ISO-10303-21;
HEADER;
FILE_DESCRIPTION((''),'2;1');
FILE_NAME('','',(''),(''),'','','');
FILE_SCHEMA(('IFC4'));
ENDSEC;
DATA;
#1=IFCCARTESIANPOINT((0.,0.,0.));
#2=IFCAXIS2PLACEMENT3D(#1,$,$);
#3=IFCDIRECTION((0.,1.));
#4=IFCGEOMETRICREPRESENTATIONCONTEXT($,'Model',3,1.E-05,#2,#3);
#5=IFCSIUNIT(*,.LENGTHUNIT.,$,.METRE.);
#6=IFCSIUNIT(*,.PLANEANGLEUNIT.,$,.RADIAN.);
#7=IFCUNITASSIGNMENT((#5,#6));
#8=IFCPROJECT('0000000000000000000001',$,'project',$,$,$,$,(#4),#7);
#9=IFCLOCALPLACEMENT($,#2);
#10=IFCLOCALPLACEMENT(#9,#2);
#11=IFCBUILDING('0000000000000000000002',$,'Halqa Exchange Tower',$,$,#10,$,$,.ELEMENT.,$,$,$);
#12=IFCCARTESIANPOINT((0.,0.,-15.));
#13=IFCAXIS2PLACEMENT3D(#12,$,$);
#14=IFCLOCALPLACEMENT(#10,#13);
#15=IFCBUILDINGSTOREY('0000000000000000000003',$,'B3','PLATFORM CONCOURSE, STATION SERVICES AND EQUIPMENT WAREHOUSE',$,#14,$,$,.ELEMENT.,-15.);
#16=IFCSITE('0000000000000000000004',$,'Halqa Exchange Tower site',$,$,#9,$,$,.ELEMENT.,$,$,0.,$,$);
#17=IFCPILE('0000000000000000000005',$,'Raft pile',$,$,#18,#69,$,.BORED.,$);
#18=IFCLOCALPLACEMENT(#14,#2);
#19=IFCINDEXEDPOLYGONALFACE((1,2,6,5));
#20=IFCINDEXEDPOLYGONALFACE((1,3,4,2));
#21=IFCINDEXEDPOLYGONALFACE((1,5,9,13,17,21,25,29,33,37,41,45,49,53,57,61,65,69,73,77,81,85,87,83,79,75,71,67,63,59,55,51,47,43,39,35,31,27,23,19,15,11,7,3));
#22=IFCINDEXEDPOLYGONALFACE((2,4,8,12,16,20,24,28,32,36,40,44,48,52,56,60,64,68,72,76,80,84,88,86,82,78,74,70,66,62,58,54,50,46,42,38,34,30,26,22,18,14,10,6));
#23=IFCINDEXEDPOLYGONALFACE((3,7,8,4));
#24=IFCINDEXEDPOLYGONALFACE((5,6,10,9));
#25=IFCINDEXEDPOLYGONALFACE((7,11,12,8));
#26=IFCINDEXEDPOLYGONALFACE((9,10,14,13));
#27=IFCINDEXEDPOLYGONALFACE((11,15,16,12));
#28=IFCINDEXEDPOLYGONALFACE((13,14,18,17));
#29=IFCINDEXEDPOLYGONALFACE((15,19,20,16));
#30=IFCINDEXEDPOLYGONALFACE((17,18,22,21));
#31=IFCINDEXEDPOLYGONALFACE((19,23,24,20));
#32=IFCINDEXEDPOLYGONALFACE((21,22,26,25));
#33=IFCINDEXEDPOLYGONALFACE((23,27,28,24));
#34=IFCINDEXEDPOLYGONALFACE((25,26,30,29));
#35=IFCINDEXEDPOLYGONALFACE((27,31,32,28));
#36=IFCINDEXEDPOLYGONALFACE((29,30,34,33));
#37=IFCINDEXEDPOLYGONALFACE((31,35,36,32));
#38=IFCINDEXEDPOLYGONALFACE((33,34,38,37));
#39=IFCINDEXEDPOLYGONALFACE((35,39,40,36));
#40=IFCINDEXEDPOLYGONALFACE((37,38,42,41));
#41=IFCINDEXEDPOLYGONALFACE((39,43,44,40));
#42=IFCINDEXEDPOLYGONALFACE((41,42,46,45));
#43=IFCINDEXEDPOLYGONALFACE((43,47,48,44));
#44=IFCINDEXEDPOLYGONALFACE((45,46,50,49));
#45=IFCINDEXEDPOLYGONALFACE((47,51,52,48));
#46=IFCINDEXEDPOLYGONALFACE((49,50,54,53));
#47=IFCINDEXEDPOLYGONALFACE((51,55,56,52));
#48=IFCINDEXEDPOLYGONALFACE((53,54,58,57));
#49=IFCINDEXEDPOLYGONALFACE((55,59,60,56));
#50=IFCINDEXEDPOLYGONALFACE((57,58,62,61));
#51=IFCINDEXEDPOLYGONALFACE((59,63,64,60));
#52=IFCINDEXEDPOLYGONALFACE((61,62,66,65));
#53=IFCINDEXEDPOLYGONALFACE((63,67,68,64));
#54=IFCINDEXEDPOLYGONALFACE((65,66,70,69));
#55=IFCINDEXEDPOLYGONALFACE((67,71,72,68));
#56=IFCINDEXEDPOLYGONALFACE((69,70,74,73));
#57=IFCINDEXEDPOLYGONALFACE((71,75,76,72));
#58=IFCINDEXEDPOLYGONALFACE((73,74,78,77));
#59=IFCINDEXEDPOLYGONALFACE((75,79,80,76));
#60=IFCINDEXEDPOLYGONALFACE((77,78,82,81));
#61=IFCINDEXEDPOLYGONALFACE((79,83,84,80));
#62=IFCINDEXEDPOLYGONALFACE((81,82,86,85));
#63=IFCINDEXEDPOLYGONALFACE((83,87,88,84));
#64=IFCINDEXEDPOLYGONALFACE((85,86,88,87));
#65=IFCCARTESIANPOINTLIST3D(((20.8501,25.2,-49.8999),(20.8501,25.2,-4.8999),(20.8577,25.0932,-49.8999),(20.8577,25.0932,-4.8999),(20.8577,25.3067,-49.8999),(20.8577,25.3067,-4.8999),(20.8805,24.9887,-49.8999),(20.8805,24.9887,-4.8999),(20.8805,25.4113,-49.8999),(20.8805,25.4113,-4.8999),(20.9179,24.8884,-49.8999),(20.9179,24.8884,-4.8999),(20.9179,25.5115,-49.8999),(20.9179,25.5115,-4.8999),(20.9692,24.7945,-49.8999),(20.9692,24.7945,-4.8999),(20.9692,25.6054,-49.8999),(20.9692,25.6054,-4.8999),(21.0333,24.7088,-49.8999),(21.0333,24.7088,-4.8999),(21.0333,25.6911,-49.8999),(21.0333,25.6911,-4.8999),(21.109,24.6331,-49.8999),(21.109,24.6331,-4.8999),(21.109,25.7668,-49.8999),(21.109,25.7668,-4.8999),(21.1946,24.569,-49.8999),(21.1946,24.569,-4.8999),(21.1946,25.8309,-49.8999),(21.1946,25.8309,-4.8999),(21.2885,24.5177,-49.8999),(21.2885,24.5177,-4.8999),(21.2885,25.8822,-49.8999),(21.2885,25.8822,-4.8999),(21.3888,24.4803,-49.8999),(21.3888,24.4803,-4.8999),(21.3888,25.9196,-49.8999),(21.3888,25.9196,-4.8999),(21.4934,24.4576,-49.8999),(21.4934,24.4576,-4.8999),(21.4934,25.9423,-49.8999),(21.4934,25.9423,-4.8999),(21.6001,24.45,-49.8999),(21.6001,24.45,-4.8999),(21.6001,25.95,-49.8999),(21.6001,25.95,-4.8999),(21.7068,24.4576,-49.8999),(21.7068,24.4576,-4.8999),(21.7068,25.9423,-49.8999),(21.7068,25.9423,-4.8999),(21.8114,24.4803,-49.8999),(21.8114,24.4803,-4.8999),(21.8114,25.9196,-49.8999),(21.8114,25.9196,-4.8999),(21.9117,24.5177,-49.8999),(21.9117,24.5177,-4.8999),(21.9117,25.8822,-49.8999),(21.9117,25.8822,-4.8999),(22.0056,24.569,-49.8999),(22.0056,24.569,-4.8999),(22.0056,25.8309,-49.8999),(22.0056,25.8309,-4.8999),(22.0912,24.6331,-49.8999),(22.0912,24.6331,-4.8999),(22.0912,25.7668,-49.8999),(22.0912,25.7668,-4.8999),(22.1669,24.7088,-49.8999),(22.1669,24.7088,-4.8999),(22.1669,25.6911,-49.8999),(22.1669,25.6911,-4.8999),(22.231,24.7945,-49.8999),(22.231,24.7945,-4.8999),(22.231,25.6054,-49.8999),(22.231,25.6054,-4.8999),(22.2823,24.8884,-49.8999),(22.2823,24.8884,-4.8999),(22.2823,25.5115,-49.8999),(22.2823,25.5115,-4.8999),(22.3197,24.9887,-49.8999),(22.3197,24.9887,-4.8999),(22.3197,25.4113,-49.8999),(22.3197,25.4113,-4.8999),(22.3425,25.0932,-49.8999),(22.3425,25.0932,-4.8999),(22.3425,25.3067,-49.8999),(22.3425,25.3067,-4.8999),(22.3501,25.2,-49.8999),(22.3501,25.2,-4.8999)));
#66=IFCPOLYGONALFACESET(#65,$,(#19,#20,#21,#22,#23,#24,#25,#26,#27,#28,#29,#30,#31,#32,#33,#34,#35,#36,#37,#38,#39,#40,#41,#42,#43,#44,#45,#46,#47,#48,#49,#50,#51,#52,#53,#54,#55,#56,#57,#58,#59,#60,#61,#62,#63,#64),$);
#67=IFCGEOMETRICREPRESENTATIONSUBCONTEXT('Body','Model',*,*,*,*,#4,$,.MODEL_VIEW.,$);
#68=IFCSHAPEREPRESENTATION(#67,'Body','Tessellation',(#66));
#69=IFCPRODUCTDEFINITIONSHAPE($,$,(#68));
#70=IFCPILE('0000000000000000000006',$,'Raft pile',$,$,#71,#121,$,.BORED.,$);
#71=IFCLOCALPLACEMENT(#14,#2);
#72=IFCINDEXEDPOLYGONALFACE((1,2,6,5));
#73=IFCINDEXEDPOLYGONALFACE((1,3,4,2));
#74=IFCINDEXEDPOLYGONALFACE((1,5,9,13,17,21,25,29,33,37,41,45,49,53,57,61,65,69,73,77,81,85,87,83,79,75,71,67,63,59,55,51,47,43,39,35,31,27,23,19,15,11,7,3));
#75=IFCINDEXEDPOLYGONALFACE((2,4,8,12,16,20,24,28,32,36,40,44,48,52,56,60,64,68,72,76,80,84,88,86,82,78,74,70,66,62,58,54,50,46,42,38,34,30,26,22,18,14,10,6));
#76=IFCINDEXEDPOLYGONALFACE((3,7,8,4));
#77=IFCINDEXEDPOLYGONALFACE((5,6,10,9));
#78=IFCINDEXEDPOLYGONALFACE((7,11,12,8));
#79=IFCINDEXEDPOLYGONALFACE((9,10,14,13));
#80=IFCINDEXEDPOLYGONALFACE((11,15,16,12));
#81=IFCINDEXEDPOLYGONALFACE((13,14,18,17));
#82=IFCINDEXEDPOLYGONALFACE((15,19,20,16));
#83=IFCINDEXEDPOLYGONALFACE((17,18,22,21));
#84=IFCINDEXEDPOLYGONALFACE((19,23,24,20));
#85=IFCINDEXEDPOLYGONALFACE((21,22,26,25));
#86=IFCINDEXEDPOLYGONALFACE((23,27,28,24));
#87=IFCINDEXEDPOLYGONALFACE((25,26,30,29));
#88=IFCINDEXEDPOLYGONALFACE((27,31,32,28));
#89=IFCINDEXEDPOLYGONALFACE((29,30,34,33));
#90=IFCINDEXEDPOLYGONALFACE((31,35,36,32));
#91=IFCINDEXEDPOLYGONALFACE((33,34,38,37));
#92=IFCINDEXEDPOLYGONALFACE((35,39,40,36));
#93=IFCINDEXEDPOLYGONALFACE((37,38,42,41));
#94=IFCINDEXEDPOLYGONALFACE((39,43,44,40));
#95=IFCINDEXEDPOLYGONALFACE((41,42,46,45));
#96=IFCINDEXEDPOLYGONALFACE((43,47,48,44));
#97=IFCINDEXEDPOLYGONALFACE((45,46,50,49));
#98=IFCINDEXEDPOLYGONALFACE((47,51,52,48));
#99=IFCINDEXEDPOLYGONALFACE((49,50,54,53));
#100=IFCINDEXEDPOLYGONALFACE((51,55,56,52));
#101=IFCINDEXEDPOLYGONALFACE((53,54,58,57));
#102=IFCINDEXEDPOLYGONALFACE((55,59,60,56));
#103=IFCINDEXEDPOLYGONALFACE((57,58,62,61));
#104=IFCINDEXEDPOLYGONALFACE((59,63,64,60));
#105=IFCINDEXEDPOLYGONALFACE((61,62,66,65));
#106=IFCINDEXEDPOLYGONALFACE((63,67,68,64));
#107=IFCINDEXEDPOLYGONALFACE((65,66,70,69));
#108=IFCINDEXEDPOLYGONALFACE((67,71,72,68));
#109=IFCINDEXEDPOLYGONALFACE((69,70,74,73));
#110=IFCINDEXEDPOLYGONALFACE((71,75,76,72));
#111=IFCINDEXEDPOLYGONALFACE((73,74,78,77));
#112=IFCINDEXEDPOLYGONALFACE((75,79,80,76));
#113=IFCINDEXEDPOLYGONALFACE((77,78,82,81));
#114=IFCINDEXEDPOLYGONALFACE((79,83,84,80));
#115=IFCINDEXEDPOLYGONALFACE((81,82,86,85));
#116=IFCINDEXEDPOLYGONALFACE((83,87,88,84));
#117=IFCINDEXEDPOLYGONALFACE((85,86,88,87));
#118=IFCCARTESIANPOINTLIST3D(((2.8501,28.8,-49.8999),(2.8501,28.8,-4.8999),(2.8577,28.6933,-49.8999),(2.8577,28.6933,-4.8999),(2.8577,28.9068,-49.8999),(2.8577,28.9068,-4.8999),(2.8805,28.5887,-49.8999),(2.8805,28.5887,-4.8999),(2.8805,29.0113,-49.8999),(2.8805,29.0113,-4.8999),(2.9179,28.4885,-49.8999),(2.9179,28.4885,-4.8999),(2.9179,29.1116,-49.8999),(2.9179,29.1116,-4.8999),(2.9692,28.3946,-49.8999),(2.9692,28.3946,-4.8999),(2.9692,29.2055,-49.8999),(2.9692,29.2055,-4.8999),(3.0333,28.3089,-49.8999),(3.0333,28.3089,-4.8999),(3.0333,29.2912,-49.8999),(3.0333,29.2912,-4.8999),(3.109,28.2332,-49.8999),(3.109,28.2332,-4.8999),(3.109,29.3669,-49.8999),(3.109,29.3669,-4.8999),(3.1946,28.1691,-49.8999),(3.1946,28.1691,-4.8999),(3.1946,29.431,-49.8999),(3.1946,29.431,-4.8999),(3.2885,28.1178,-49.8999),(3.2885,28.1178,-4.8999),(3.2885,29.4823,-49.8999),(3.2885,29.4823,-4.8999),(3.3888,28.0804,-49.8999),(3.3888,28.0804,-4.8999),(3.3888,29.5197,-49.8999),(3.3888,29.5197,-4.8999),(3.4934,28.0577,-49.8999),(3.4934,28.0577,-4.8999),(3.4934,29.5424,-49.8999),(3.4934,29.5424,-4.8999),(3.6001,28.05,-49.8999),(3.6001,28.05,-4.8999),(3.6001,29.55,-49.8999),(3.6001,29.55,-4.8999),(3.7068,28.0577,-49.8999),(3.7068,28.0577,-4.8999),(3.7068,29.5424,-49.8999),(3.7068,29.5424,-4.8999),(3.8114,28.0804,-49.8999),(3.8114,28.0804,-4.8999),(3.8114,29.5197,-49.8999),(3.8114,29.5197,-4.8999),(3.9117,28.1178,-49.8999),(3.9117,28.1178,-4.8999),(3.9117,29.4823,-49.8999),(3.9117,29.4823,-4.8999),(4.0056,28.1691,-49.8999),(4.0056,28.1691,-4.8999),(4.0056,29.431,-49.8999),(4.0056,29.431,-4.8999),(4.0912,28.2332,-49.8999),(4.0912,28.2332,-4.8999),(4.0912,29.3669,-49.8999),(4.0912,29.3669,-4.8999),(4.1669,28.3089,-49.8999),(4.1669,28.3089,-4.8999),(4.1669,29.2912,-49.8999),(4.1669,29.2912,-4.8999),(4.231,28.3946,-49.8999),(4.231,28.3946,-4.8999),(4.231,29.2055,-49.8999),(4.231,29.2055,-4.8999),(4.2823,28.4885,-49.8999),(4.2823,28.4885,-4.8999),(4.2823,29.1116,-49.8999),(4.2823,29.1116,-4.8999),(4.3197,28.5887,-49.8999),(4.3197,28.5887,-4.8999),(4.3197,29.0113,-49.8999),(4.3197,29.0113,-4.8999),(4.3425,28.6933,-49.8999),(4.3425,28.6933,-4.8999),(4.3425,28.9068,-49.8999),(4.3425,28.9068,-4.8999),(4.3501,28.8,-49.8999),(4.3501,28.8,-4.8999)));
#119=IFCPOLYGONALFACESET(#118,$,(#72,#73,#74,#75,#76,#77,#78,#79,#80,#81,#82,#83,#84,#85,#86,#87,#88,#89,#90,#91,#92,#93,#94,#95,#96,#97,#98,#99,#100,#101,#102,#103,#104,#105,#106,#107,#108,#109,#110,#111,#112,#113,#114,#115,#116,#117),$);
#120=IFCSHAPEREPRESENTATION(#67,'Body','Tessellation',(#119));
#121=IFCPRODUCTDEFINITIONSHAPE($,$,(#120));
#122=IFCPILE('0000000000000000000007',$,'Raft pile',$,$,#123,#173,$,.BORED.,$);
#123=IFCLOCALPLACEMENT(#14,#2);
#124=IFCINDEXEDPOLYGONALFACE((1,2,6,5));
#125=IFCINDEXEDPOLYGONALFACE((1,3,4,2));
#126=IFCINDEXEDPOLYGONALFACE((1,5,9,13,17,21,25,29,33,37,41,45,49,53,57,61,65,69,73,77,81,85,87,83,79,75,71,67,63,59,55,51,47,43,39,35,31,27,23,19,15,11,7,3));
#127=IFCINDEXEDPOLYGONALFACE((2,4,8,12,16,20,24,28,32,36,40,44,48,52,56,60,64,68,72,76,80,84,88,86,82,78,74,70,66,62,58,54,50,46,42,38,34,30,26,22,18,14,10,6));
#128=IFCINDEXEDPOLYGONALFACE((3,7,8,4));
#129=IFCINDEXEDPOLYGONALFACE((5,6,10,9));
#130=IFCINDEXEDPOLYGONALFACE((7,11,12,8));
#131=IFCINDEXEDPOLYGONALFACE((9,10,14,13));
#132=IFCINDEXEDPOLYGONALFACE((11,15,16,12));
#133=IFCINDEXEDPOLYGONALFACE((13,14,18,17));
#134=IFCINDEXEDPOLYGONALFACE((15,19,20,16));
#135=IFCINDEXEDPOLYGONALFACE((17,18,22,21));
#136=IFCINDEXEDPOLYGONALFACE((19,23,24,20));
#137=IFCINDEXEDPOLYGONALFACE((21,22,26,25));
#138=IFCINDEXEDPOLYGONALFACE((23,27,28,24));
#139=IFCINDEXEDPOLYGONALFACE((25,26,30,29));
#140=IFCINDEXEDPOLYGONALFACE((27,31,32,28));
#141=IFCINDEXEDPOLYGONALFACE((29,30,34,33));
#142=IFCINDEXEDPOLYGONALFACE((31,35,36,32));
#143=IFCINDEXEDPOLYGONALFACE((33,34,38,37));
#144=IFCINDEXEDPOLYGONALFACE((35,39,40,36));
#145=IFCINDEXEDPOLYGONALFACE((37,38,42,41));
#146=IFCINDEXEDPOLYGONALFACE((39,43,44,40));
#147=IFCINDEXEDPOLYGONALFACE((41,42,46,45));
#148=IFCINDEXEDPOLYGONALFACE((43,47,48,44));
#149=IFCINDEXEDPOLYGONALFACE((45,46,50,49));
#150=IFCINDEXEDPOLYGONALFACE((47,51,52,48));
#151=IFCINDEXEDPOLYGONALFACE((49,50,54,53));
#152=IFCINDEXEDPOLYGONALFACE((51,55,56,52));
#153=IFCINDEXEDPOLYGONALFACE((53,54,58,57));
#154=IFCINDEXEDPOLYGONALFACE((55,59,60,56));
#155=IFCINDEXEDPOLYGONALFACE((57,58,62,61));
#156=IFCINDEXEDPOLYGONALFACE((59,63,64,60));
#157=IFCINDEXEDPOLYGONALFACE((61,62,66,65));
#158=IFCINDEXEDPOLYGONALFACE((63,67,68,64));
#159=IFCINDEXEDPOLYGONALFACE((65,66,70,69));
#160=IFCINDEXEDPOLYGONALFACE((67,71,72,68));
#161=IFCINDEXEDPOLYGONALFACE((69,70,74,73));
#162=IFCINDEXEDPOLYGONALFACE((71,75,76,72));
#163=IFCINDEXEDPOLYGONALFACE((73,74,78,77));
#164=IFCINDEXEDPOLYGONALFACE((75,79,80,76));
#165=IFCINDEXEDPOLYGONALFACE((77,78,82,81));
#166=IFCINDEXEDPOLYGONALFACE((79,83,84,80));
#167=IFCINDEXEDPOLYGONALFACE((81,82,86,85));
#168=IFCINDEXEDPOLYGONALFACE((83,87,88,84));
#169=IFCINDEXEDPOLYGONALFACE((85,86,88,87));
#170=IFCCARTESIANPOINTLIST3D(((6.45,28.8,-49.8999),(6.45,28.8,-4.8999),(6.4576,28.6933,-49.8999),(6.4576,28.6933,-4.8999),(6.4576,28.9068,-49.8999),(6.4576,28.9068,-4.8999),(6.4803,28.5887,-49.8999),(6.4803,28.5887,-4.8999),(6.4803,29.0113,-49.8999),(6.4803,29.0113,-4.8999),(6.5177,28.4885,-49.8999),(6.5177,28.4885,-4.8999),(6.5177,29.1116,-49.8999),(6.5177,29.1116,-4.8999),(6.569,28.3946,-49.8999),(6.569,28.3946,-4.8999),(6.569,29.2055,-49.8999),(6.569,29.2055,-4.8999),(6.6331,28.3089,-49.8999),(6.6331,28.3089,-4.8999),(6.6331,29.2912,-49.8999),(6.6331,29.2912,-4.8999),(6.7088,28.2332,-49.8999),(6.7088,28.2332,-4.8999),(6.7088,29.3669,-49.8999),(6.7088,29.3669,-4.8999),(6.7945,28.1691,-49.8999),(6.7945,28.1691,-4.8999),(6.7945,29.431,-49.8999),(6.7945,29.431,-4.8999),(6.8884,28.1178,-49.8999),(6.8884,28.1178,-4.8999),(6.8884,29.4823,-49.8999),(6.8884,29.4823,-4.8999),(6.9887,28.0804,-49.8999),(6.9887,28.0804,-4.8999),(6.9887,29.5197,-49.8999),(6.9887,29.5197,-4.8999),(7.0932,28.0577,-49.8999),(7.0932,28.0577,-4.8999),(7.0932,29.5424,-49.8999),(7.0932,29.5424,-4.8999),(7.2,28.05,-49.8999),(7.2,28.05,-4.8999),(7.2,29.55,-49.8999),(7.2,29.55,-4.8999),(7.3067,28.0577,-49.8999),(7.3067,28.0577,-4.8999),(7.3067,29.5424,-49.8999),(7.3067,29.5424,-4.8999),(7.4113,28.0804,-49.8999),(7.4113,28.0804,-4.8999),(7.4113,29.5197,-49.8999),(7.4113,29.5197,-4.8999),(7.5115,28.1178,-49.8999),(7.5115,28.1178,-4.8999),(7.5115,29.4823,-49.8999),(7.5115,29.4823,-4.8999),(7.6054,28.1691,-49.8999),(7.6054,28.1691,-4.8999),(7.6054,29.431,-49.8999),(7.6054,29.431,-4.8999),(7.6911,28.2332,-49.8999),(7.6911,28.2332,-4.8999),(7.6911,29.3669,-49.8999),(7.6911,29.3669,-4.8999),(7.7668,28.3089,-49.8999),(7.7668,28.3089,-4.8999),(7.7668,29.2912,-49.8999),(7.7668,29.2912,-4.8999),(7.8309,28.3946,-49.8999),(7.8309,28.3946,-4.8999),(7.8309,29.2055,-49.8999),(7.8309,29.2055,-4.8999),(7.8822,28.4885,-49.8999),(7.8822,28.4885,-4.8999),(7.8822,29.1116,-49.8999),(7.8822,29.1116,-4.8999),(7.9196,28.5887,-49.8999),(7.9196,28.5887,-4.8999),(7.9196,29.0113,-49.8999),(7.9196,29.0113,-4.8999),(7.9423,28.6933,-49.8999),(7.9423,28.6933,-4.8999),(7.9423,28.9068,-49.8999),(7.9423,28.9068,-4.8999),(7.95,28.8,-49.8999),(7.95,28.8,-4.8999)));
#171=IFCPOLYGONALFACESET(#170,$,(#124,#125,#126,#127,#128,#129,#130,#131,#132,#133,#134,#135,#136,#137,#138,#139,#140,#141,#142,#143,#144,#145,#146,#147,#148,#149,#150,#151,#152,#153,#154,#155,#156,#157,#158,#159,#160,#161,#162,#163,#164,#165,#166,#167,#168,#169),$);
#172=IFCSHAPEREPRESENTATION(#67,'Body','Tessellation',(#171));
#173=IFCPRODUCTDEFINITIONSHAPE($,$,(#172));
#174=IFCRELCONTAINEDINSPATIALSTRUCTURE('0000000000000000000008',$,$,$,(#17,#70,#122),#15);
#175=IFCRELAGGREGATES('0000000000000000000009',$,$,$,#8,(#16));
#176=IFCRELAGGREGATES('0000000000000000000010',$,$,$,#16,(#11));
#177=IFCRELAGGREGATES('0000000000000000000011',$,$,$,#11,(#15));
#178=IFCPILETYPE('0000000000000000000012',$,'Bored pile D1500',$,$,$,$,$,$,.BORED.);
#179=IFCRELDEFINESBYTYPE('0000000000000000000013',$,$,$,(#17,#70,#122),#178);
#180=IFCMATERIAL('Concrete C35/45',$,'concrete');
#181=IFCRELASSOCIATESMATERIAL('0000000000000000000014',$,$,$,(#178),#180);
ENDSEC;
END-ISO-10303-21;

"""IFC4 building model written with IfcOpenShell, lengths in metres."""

from ifc_helpers import new_model, si_unit, direction, frame, origin, origin_2d, place, context, subcontext, project, spatial, circle, extrude, material, material_profile, profile_set, type_object, element, save


model = new_model("IFC4")

# Units and contexts
model_context = context("Model", 3, precision=1e-05, world=origin(), true_north=direction((0.0, 1.0)))
body_context = subcontext(model_context, "Body", "Model", "MODEL_VIEW")
ifc_project = project(units=[si_unit("LENGTHUNIT", "METRE"), si_unit("PLANEANGLEUNIT", "RADIAN")], contexts=[model_context])

# Site, building, storey
site_placement = place(None, origin())
site = spatial("IfcSite", under=ifc_project, at=site_placement, Name="Halqa Exchange Tower site", CompositionType="ELEMENT", RefElevation=0.0)
building_placement = place(site_placement, origin())
building = spatial("IfcBuilding", under=site, at=building_placement, Name="Halqa Exchange Tower", CompositionType="ELEMENT")
storey_placement = place(building_placement, frame((0.0, 0.0, -15.0)))
storey = spatial("IfcBuildingStorey", under=building, at=storey_placement, Name="B3", Description="PLATFORM CONCOURSE, STATION SERVICES AND EQUIPMENT WAREHOUSE", CompositionType="ELEMENT", Elevation=-15.0)

# Piles
ifc_material_1 = material(Name="Concrete C35/45", Category="concrete")
ifc_material_profile_1 = material_profile(ifc_material_1, circle(Radius=0.75, at=origin_2d()), Name="D1500")
ifc_profile_set_1 = profile_set([ifc_material_profile_1], Name="Concrete C35/45")
pile_type_1 = type_object("IfcPileType", Name="Bored pile D1500", PredefinedType="BORED", material=ifc_profile_set_1)
for number, where, z_axis, x_axis, name in (
    (1, (21.6001, 25.2, -4.8999), (0.0, 0.0, -1.0), (1.0, 0.0, 0.0), "Raft pile"),
    (2, (3.6001, 28.8, -4.8999), (0.0, 0.0, -1.0), (1.0, 0.0, 0.0), "Raft pile"),
    (3, (7.2, 28.8, -4.8999), (0.0, 0.0, -1.0), (1.0, 0.0, 0.0), "Raft pile"),
):
    element("IfcPile", number, at=place(storey_placement, frame(where, z_axis=z_axis, x_axis=x_axis)), inside=storey, type_object=pile_type_1, Name=name, PredefinedType="BORED", context=body_context, shape_type="SweptSolid", body=[
        extrude(circle(Radius=0.75, at=origin_2d()), origin(), (0.0, 0.0, 1.0), 45.0),
    ])

save(model, "model.ifc")
